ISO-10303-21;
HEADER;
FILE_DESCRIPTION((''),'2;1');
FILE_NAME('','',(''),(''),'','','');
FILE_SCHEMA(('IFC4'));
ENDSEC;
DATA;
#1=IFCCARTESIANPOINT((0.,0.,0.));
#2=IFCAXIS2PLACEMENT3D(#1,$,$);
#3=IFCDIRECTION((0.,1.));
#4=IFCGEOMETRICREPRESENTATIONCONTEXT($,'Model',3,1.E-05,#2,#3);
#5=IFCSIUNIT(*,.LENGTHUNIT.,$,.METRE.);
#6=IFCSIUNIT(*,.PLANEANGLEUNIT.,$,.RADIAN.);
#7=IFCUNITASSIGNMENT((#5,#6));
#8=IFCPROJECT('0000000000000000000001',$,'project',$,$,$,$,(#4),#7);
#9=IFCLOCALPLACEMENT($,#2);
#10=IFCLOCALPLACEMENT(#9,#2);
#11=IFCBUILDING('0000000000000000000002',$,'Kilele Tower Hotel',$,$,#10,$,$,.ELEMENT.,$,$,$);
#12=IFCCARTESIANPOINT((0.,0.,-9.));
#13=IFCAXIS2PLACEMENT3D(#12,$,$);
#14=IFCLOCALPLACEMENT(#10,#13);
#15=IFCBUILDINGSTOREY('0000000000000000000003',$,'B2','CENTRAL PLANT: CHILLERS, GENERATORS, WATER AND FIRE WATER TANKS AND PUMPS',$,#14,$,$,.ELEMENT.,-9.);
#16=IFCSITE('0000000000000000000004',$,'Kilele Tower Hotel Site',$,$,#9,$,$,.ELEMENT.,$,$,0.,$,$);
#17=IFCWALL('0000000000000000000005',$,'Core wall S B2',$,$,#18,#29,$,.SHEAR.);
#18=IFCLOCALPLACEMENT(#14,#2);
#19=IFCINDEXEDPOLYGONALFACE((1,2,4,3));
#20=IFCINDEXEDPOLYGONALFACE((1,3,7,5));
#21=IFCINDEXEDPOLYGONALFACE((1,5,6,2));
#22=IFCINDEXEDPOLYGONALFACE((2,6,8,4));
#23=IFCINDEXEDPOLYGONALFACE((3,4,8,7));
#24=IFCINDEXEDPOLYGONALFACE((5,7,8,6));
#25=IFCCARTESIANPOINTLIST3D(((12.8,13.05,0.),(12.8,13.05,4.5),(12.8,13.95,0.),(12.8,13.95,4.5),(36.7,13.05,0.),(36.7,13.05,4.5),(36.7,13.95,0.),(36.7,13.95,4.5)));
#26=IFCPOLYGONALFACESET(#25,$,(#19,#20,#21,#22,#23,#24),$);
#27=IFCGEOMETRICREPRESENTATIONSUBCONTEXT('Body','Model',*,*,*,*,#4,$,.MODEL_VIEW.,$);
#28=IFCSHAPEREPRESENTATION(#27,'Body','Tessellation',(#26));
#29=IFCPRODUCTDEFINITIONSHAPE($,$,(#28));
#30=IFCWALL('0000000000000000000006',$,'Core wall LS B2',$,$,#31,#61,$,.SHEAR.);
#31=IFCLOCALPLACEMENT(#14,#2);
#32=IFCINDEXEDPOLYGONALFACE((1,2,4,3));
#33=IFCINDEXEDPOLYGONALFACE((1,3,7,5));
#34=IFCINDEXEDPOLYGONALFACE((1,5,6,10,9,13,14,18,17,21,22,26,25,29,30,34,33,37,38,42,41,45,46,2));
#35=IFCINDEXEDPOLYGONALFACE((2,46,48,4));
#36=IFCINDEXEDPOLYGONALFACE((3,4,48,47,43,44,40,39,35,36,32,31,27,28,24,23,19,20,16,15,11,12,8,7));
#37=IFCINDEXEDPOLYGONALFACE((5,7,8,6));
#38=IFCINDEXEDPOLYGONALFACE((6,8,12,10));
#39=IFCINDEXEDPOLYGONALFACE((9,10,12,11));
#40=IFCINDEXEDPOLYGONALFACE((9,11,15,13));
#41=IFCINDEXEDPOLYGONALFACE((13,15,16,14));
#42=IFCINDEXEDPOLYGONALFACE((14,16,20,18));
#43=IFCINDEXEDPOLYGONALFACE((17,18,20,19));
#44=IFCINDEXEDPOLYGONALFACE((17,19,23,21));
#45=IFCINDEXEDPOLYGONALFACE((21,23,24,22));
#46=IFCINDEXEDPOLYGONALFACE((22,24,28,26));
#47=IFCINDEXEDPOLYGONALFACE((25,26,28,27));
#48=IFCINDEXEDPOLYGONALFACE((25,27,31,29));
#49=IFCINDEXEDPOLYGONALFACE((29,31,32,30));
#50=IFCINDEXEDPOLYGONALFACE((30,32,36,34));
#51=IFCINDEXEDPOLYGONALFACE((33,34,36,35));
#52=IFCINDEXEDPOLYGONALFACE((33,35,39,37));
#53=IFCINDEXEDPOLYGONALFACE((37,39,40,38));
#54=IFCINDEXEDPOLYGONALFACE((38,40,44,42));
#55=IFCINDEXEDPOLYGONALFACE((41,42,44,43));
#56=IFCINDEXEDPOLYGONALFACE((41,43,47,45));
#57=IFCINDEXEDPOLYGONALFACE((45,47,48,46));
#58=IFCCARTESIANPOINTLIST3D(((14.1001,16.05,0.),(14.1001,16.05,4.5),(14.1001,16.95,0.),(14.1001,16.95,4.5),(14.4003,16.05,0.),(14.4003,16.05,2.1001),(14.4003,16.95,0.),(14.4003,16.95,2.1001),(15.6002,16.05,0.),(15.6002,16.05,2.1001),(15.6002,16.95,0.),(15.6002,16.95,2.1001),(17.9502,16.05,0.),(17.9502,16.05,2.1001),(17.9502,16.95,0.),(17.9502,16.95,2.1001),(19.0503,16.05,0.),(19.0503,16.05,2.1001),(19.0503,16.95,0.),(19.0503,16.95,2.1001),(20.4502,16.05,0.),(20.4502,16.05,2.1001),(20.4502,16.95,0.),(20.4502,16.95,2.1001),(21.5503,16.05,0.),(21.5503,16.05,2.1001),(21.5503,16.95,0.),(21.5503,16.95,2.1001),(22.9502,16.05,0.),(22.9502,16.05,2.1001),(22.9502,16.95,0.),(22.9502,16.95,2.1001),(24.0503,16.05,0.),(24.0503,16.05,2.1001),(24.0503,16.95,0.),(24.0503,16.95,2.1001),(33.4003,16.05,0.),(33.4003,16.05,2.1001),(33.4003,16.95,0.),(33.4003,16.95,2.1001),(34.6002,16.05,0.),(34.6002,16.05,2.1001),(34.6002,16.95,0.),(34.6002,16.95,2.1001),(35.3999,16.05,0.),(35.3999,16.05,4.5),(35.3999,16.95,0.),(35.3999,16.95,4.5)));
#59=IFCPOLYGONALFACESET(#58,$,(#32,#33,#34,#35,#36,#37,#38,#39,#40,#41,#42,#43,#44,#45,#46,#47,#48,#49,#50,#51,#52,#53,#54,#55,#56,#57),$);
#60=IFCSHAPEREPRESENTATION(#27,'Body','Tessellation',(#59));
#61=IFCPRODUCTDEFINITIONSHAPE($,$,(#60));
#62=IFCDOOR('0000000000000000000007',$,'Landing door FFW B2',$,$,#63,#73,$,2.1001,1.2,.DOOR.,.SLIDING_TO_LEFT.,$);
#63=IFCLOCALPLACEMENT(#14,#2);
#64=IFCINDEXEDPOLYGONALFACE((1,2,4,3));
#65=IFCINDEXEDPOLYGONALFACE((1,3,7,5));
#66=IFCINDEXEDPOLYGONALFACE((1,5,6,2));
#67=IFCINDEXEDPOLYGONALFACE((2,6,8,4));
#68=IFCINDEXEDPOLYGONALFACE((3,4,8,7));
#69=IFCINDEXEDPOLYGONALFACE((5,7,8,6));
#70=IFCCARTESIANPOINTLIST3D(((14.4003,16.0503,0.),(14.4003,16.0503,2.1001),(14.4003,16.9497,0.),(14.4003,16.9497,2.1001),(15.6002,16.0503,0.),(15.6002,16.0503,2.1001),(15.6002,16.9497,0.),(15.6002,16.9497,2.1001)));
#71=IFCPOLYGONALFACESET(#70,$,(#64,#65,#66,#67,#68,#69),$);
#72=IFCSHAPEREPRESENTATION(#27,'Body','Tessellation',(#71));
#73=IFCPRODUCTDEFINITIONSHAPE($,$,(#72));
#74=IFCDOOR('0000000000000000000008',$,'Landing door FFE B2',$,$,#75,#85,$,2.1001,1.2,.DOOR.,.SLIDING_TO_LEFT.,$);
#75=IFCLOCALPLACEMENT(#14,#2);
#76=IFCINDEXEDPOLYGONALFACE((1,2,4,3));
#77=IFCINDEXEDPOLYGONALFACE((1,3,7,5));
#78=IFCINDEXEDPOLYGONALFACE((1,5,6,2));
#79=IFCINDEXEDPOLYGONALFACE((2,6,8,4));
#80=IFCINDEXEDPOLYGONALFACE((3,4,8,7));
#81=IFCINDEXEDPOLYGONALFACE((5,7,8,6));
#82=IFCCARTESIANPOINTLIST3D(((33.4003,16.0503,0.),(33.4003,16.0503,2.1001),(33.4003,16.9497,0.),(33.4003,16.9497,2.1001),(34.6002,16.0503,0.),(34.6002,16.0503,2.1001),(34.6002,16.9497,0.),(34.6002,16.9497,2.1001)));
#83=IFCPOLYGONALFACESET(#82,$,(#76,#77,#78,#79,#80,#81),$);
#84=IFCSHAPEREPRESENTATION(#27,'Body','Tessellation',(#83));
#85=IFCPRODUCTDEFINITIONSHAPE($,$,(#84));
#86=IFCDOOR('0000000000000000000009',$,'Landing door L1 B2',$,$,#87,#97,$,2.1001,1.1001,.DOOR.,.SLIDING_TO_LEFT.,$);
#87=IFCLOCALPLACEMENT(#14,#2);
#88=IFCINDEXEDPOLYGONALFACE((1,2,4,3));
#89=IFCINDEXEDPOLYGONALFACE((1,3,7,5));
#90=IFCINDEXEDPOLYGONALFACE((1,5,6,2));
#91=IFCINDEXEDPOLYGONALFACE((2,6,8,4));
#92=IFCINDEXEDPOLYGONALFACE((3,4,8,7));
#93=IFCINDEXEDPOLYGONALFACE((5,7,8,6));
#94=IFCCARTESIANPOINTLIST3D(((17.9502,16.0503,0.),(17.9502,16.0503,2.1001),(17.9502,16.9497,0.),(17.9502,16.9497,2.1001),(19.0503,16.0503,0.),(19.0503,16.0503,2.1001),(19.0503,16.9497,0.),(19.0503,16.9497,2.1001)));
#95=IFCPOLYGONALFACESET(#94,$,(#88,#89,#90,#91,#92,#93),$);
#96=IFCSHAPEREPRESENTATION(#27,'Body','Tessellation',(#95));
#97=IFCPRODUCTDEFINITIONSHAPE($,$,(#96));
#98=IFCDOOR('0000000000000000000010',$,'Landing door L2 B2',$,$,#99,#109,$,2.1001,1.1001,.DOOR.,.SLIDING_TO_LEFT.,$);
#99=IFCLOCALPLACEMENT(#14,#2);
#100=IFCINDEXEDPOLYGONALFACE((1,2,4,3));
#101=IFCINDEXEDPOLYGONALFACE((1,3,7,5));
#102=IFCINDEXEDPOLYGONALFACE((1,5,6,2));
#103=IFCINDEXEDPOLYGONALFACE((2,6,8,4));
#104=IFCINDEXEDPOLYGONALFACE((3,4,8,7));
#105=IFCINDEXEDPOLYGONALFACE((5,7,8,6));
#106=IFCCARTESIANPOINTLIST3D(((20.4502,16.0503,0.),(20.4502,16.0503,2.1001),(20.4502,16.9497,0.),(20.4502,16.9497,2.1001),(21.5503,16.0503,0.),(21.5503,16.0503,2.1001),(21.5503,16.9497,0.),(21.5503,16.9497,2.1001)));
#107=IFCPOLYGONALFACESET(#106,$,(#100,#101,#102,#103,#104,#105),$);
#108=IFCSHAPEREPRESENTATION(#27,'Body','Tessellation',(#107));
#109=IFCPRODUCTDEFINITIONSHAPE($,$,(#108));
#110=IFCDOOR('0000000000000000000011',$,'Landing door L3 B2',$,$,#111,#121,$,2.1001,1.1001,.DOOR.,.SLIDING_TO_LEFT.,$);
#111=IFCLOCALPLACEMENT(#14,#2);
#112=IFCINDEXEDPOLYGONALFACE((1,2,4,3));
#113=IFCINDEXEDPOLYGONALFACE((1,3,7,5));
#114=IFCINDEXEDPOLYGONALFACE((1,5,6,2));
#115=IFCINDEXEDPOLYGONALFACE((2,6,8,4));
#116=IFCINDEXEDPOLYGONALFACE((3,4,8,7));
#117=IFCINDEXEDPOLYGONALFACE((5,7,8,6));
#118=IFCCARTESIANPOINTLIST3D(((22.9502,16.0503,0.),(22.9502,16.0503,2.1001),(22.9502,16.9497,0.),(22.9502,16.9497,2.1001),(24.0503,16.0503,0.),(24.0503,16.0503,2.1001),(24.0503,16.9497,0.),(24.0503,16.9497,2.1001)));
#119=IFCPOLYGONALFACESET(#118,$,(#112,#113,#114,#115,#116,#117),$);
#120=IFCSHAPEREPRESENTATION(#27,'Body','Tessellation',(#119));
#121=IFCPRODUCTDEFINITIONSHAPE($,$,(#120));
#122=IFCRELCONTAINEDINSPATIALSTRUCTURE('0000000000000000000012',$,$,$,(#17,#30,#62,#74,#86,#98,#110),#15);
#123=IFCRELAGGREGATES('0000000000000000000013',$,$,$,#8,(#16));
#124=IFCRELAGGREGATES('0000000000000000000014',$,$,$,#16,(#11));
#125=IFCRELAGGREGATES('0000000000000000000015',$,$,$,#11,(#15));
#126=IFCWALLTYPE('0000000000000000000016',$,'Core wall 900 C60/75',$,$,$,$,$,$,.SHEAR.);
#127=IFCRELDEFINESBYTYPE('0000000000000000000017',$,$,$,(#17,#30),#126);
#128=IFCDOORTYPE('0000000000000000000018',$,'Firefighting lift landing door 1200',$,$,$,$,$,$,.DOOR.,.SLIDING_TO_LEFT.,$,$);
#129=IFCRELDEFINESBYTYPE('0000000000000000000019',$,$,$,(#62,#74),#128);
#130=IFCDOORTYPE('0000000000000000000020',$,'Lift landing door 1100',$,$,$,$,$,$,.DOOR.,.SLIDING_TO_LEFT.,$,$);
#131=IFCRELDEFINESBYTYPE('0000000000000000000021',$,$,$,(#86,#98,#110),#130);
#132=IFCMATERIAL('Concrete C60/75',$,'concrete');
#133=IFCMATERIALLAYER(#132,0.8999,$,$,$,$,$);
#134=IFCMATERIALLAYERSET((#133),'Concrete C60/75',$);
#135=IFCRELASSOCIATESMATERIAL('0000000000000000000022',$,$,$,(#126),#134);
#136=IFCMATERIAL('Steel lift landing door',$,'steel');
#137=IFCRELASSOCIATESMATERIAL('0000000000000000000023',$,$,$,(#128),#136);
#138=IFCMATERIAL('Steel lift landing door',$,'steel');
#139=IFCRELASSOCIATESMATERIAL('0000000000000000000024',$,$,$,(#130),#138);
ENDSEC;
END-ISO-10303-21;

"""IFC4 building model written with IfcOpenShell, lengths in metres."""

from ifc_helpers import new_model, si_unit, direction, frame, frame_2d, origin, place, context, subcontext, project, spatial, rectangle, extrude, material, layer, layer_set, type_object, element, fill, save


model = new_model("IFC4")

# Units and contexts
model_context = context("Model", 3, precision=1e-05, world=origin(), true_north=direction((0.0, 1.0)))
body_context = subcontext(model_context, "Body", "Model", "MODEL_VIEW")
ifc_project = project(units=[si_unit("LENGTHUNIT", "METRE"), si_unit("PLANEANGLEUNIT", "RADIAN")], contexts=[model_context])

# Site, building, storey
site_placement = place(None, origin())
site = spatial("IfcSite", under=ifc_project, at=site_placement, Name="Kilele Tower Hotel Site", CompositionType="ELEMENT", RefElevation=0.0)
building_placement = place(site_placement, origin())
building = spatial("IfcBuilding", under=site, at=building_placement, Name="Kilele Tower Hotel", CompositionType="ELEMENT")
storey_placement = place(building_placement, frame((0.0, 0.0, -9.0)))
storey = spatial("IfcBuildingStorey", under=building, at=storey_placement, Name="B2", Description="CENTRAL PLANT: CHILLERS, GENERATORS, WATER AND FIRE WATER TANKS AND PUMPS", CompositionType="ELEMENT", Elevation=-9.0)

# Wall
ifc_material_1 = material(Name="Concrete C60/75", Category="concrete")
ifc_layer_1 = layer(ifc_material_1, 0.8999)
ifc_layer_set_1 = layer_set([ifc_layer_1], Name="Concrete C60/75")
wall_type_1 = type_object("IfcWallType", Name="Core wall 900 C60/75", PredefinedType="SHEAR", material=ifc_layer_set_1)
wall_1_placement = place(storey_placement, frame((12.8, 13.5, 0.0), z_axis=(0.0, 0.0, 1.0), x_axis=(1.0, 0.0, 0.0)))
element("IfcWall", 1, at=wall_1_placement, inside=storey, type_object=wall_type_1, Name="Core wall S B2", PredefinedType="SHEAR", context=body_context, shape_type="SweptSolid", body=[
    extrude(rectangle(XDim=23.8999, YDim=0.8999, at=frame_2d((11.95, 0.0))), origin(), (0.0, 0.0, 1.0), 4.5),
])

# Wall, openings, doors
wall_2_placement = place(storey_placement, frame((14.1001, 16.5, 0.0), z_axis=(0.0, 0.0, 1.0), x_axis=(1.0, 0.0, 0.0)))
wall_2 = element("IfcWall", 2, at=wall_2_placement, inside=storey, type_object=wall_type_1, Name="Core wall LS B2", PredefinedType="SHEAR", context=body_context, shape_type="SweptSolid", body=[
    extrude(rectangle(XDim=21.2998, YDim=0.8999, at=frame_2d((10.6499, 0.0))), origin(), (0.0, 0.0, 1.0), 4.5),
])
opening_1_placement = place(wall_2_placement, frame((3.8501, 0.0, 0.0)))
opening_1 = element("IfcOpeningElement", 3, at=opening_1_placement, cuts=wall_2, PredefinedType="OPENING", context=body_context, shape_type="SweptSolid", body=[
    extrude(rectangle(XDim=1.1001, YDim=2.1001, at=frame_2d((0.55, 1.05))), frame((0.0, 0.46, 0.0), z_axis=(0.0, -1.0, 0.0), x_axis=(1.0, 0.0, 0.0)), (0.0, 0.0, 1.0), 0.9199),
])
opening_2_placement = place(wall_2_placement, frame((6.3501, 0.0, 0.0)))
opening_2 = element("IfcOpeningElement", 4, at=opening_2_placement, cuts=wall_2, PredefinedType="OPENING", context=body_context, shape_type="SweptSolid", body=[
    extrude(rectangle(XDim=1.1001, YDim=2.1001, at=frame_2d((0.55, 1.05))), frame((0.0, 0.46, 0.0), z_axis=(0.0, -1.0, 0.0), x_axis=(1.0, 0.0, 0.0)), (0.0, 0.0, 1.0), 0.9199),
])
opening_3_placement = place(wall_2_placement, frame((8.8501, 0.0, 0.0)))
opening_3 = element("IfcOpeningElement", 5, at=opening_3_placement, cuts=wall_2, PredefinedType="OPENING", context=body_context, shape_type="SweptSolid", body=[
    extrude(rectangle(XDim=1.1001, YDim=2.1001, at=frame_2d((0.55, 1.05))), frame((0.0, 0.46, 0.0), z_axis=(0.0, -1.0, 0.0), x_axis=(1.0, 0.0, 0.0)), (0.0, 0.0, 1.0), 0.9199),
])
opening_4_placement = place(wall_2_placement, frame((0.3, 0.0, 0.0)))
opening_4 = element("IfcOpeningElement", 6, at=opening_4_placement, cuts=wall_2, PredefinedType="OPENING", context=body_context, shape_type="SweptSolid", body=[
    extrude(rectangle(XDim=1.2, YDim=2.1001, at=frame_2d((0.6001, 1.05))), frame((0.0, 0.46, 0.0), z_axis=(0.0, -1.0, 0.0), x_axis=(1.0, 0.0, 0.0)), (0.0, 0.0, 1.0), 0.9199),
])
opening_5_placement = place(wall_2_placement, frame((19.3, 0.0, 0.0)))
opening_5 = element("IfcOpeningElement", 7, at=opening_5_placement, cuts=wall_2, PredefinedType="OPENING", context=body_context, shape_type="SweptSolid", body=[
    extrude(rectangle(XDim=1.2, YDim=2.1001, at=frame_2d((0.6001, 1.05))), frame((0.0, 0.46, 0.0), z_axis=(0.0, -1.0, 0.0), x_axis=(1.0, 0.0, 0.0)), (0.0, 0.0, 1.0), 0.9199),
])
ifc_material_2 = material(Name="Steel lift landing door", Category="steel")
door_type_1 = type_object("IfcDoorType", Name="Firefighting lift landing door 1200", OperationType="SLIDING_TO_LEFT", PredefinedType="DOOR", material=ifc_material_2)
door_1_placement = place(opening_4_placement, origin())
door_1 = element("IfcDoor", 8, at=door_1_placement, inside=storey, type_object=door_type_1, Name="Landing door FFW B2", OperationType="SLIDING_TO_LEFT", OverallHeight=2.1001, OverallWidth=1.2, PredefinedType="DOOR", context=body_context, shape_type="SweptSolid", body=[
    extrude(rectangle(XDim=1.2, YDim=2.1001, at=frame_2d((0.6001, 1.05))), frame((0.0, 0.4497, 0.0), z_axis=(0.0, -1.0, 0.0), x_axis=(1.0, 0.0, 0.0)), (0.0, 0.0, 1.0), 0.8994),
])
fill(opening_4, door_1)
door_2_placement = place(opening_5_placement, origin())
door_2 = element("IfcDoor", 9, at=door_2_placement, inside=storey, type_object=door_type_1, Name="Landing door FFE B2", OperationType="SLIDING_TO_LEFT", OverallHeight=2.1001, OverallWidth=1.2, PredefinedType="DOOR", context=body_context, shape_type="SweptSolid", body=[
    extrude(rectangle(XDim=1.2, YDim=2.1001, at=frame_2d((0.6001, 1.05))), frame((0.0, 0.4497, 0.0), z_axis=(0.0, -1.0, 0.0), x_axis=(1.0, 0.0, 0.0)), (0.0, 0.0, 1.0), 0.8994),
])
fill(opening_5, door_2)
ifc_material_3 = material(Name="Steel lift landing door", Category="steel")
door_type_2 = type_object("IfcDoorType", Name="Lift landing door 1100", OperationType="SLIDING_TO_LEFT", PredefinedType="DOOR", material=ifc_material_3)
door_3_placement = place(opening_1_placement, origin())
door_3 = element("IfcDoor", 10, at=door_3_placement, inside=storey, type_object=door_type_2, Name="Landing door L1 B2", OperationType="SLIDING_TO_LEFT", OverallHeight=2.1001, OverallWidth=1.1001, PredefinedType="DOOR", context=body_context, shape_type="SweptSolid", body=[
    extrude(rectangle(XDim=1.1001, YDim=2.1001, at=frame_2d((0.55, 1.05))), frame((0.0, 0.4497, 0.0), z_axis=(0.0, -1.0, 0.0), x_axis=(1.0, 0.0, 0.0)), (0.0, 0.0, 1.0), 0.8994),
])
fill(opening_1, door_3)
door_4_placement = place(opening_2_placement, origin())
door_4 = element("IfcDoor", 11, at=door_4_placement, inside=storey, type_object=door_type_2, Name="Landing door L2 B2", OperationType="SLIDING_TO_LEFT", OverallHeight=2.1001, OverallWidth=1.1001, PredefinedType="DOOR", context=body_context, shape_type="SweptSolid", body=[
    extrude(rectangle(XDim=1.1001, YDim=2.1001, at=frame_2d((0.55, 1.05))), frame((0.0, 0.4497, 0.0), z_axis=(0.0, -1.0, 0.0), x_axis=(1.0, 0.0, 0.0)), (0.0, 0.0, 1.0), 0.8994),
])
fill(opening_2, door_4)
door_5_placement = place(opening_3_placement, origin())
door_5 = element("IfcDoor", 12, at=door_5_placement, inside=storey, type_object=door_type_2, Name="Landing door L3 B2", OperationType="SLIDING_TO_LEFT", OverallHeight=2.1001, OverallWidth=1.1001, PredefinedType="DOOR", context=body_context, shape_type="SweptSolid", body=[
    extrude(rectangle(XDim=1.1001, YDim=2.1001, at=frame_2d((0.55, 1.05))), frame((0.0, 0.4497, 0.0), z_axis=(0.0, -1.0, 0.0), x_axis=(1.0, 0.0, 0.0)), (0.0, 0.0, 1.0), 0.8994),
])
fill(opening_3, door_5)

save(model, "model.ifc")
